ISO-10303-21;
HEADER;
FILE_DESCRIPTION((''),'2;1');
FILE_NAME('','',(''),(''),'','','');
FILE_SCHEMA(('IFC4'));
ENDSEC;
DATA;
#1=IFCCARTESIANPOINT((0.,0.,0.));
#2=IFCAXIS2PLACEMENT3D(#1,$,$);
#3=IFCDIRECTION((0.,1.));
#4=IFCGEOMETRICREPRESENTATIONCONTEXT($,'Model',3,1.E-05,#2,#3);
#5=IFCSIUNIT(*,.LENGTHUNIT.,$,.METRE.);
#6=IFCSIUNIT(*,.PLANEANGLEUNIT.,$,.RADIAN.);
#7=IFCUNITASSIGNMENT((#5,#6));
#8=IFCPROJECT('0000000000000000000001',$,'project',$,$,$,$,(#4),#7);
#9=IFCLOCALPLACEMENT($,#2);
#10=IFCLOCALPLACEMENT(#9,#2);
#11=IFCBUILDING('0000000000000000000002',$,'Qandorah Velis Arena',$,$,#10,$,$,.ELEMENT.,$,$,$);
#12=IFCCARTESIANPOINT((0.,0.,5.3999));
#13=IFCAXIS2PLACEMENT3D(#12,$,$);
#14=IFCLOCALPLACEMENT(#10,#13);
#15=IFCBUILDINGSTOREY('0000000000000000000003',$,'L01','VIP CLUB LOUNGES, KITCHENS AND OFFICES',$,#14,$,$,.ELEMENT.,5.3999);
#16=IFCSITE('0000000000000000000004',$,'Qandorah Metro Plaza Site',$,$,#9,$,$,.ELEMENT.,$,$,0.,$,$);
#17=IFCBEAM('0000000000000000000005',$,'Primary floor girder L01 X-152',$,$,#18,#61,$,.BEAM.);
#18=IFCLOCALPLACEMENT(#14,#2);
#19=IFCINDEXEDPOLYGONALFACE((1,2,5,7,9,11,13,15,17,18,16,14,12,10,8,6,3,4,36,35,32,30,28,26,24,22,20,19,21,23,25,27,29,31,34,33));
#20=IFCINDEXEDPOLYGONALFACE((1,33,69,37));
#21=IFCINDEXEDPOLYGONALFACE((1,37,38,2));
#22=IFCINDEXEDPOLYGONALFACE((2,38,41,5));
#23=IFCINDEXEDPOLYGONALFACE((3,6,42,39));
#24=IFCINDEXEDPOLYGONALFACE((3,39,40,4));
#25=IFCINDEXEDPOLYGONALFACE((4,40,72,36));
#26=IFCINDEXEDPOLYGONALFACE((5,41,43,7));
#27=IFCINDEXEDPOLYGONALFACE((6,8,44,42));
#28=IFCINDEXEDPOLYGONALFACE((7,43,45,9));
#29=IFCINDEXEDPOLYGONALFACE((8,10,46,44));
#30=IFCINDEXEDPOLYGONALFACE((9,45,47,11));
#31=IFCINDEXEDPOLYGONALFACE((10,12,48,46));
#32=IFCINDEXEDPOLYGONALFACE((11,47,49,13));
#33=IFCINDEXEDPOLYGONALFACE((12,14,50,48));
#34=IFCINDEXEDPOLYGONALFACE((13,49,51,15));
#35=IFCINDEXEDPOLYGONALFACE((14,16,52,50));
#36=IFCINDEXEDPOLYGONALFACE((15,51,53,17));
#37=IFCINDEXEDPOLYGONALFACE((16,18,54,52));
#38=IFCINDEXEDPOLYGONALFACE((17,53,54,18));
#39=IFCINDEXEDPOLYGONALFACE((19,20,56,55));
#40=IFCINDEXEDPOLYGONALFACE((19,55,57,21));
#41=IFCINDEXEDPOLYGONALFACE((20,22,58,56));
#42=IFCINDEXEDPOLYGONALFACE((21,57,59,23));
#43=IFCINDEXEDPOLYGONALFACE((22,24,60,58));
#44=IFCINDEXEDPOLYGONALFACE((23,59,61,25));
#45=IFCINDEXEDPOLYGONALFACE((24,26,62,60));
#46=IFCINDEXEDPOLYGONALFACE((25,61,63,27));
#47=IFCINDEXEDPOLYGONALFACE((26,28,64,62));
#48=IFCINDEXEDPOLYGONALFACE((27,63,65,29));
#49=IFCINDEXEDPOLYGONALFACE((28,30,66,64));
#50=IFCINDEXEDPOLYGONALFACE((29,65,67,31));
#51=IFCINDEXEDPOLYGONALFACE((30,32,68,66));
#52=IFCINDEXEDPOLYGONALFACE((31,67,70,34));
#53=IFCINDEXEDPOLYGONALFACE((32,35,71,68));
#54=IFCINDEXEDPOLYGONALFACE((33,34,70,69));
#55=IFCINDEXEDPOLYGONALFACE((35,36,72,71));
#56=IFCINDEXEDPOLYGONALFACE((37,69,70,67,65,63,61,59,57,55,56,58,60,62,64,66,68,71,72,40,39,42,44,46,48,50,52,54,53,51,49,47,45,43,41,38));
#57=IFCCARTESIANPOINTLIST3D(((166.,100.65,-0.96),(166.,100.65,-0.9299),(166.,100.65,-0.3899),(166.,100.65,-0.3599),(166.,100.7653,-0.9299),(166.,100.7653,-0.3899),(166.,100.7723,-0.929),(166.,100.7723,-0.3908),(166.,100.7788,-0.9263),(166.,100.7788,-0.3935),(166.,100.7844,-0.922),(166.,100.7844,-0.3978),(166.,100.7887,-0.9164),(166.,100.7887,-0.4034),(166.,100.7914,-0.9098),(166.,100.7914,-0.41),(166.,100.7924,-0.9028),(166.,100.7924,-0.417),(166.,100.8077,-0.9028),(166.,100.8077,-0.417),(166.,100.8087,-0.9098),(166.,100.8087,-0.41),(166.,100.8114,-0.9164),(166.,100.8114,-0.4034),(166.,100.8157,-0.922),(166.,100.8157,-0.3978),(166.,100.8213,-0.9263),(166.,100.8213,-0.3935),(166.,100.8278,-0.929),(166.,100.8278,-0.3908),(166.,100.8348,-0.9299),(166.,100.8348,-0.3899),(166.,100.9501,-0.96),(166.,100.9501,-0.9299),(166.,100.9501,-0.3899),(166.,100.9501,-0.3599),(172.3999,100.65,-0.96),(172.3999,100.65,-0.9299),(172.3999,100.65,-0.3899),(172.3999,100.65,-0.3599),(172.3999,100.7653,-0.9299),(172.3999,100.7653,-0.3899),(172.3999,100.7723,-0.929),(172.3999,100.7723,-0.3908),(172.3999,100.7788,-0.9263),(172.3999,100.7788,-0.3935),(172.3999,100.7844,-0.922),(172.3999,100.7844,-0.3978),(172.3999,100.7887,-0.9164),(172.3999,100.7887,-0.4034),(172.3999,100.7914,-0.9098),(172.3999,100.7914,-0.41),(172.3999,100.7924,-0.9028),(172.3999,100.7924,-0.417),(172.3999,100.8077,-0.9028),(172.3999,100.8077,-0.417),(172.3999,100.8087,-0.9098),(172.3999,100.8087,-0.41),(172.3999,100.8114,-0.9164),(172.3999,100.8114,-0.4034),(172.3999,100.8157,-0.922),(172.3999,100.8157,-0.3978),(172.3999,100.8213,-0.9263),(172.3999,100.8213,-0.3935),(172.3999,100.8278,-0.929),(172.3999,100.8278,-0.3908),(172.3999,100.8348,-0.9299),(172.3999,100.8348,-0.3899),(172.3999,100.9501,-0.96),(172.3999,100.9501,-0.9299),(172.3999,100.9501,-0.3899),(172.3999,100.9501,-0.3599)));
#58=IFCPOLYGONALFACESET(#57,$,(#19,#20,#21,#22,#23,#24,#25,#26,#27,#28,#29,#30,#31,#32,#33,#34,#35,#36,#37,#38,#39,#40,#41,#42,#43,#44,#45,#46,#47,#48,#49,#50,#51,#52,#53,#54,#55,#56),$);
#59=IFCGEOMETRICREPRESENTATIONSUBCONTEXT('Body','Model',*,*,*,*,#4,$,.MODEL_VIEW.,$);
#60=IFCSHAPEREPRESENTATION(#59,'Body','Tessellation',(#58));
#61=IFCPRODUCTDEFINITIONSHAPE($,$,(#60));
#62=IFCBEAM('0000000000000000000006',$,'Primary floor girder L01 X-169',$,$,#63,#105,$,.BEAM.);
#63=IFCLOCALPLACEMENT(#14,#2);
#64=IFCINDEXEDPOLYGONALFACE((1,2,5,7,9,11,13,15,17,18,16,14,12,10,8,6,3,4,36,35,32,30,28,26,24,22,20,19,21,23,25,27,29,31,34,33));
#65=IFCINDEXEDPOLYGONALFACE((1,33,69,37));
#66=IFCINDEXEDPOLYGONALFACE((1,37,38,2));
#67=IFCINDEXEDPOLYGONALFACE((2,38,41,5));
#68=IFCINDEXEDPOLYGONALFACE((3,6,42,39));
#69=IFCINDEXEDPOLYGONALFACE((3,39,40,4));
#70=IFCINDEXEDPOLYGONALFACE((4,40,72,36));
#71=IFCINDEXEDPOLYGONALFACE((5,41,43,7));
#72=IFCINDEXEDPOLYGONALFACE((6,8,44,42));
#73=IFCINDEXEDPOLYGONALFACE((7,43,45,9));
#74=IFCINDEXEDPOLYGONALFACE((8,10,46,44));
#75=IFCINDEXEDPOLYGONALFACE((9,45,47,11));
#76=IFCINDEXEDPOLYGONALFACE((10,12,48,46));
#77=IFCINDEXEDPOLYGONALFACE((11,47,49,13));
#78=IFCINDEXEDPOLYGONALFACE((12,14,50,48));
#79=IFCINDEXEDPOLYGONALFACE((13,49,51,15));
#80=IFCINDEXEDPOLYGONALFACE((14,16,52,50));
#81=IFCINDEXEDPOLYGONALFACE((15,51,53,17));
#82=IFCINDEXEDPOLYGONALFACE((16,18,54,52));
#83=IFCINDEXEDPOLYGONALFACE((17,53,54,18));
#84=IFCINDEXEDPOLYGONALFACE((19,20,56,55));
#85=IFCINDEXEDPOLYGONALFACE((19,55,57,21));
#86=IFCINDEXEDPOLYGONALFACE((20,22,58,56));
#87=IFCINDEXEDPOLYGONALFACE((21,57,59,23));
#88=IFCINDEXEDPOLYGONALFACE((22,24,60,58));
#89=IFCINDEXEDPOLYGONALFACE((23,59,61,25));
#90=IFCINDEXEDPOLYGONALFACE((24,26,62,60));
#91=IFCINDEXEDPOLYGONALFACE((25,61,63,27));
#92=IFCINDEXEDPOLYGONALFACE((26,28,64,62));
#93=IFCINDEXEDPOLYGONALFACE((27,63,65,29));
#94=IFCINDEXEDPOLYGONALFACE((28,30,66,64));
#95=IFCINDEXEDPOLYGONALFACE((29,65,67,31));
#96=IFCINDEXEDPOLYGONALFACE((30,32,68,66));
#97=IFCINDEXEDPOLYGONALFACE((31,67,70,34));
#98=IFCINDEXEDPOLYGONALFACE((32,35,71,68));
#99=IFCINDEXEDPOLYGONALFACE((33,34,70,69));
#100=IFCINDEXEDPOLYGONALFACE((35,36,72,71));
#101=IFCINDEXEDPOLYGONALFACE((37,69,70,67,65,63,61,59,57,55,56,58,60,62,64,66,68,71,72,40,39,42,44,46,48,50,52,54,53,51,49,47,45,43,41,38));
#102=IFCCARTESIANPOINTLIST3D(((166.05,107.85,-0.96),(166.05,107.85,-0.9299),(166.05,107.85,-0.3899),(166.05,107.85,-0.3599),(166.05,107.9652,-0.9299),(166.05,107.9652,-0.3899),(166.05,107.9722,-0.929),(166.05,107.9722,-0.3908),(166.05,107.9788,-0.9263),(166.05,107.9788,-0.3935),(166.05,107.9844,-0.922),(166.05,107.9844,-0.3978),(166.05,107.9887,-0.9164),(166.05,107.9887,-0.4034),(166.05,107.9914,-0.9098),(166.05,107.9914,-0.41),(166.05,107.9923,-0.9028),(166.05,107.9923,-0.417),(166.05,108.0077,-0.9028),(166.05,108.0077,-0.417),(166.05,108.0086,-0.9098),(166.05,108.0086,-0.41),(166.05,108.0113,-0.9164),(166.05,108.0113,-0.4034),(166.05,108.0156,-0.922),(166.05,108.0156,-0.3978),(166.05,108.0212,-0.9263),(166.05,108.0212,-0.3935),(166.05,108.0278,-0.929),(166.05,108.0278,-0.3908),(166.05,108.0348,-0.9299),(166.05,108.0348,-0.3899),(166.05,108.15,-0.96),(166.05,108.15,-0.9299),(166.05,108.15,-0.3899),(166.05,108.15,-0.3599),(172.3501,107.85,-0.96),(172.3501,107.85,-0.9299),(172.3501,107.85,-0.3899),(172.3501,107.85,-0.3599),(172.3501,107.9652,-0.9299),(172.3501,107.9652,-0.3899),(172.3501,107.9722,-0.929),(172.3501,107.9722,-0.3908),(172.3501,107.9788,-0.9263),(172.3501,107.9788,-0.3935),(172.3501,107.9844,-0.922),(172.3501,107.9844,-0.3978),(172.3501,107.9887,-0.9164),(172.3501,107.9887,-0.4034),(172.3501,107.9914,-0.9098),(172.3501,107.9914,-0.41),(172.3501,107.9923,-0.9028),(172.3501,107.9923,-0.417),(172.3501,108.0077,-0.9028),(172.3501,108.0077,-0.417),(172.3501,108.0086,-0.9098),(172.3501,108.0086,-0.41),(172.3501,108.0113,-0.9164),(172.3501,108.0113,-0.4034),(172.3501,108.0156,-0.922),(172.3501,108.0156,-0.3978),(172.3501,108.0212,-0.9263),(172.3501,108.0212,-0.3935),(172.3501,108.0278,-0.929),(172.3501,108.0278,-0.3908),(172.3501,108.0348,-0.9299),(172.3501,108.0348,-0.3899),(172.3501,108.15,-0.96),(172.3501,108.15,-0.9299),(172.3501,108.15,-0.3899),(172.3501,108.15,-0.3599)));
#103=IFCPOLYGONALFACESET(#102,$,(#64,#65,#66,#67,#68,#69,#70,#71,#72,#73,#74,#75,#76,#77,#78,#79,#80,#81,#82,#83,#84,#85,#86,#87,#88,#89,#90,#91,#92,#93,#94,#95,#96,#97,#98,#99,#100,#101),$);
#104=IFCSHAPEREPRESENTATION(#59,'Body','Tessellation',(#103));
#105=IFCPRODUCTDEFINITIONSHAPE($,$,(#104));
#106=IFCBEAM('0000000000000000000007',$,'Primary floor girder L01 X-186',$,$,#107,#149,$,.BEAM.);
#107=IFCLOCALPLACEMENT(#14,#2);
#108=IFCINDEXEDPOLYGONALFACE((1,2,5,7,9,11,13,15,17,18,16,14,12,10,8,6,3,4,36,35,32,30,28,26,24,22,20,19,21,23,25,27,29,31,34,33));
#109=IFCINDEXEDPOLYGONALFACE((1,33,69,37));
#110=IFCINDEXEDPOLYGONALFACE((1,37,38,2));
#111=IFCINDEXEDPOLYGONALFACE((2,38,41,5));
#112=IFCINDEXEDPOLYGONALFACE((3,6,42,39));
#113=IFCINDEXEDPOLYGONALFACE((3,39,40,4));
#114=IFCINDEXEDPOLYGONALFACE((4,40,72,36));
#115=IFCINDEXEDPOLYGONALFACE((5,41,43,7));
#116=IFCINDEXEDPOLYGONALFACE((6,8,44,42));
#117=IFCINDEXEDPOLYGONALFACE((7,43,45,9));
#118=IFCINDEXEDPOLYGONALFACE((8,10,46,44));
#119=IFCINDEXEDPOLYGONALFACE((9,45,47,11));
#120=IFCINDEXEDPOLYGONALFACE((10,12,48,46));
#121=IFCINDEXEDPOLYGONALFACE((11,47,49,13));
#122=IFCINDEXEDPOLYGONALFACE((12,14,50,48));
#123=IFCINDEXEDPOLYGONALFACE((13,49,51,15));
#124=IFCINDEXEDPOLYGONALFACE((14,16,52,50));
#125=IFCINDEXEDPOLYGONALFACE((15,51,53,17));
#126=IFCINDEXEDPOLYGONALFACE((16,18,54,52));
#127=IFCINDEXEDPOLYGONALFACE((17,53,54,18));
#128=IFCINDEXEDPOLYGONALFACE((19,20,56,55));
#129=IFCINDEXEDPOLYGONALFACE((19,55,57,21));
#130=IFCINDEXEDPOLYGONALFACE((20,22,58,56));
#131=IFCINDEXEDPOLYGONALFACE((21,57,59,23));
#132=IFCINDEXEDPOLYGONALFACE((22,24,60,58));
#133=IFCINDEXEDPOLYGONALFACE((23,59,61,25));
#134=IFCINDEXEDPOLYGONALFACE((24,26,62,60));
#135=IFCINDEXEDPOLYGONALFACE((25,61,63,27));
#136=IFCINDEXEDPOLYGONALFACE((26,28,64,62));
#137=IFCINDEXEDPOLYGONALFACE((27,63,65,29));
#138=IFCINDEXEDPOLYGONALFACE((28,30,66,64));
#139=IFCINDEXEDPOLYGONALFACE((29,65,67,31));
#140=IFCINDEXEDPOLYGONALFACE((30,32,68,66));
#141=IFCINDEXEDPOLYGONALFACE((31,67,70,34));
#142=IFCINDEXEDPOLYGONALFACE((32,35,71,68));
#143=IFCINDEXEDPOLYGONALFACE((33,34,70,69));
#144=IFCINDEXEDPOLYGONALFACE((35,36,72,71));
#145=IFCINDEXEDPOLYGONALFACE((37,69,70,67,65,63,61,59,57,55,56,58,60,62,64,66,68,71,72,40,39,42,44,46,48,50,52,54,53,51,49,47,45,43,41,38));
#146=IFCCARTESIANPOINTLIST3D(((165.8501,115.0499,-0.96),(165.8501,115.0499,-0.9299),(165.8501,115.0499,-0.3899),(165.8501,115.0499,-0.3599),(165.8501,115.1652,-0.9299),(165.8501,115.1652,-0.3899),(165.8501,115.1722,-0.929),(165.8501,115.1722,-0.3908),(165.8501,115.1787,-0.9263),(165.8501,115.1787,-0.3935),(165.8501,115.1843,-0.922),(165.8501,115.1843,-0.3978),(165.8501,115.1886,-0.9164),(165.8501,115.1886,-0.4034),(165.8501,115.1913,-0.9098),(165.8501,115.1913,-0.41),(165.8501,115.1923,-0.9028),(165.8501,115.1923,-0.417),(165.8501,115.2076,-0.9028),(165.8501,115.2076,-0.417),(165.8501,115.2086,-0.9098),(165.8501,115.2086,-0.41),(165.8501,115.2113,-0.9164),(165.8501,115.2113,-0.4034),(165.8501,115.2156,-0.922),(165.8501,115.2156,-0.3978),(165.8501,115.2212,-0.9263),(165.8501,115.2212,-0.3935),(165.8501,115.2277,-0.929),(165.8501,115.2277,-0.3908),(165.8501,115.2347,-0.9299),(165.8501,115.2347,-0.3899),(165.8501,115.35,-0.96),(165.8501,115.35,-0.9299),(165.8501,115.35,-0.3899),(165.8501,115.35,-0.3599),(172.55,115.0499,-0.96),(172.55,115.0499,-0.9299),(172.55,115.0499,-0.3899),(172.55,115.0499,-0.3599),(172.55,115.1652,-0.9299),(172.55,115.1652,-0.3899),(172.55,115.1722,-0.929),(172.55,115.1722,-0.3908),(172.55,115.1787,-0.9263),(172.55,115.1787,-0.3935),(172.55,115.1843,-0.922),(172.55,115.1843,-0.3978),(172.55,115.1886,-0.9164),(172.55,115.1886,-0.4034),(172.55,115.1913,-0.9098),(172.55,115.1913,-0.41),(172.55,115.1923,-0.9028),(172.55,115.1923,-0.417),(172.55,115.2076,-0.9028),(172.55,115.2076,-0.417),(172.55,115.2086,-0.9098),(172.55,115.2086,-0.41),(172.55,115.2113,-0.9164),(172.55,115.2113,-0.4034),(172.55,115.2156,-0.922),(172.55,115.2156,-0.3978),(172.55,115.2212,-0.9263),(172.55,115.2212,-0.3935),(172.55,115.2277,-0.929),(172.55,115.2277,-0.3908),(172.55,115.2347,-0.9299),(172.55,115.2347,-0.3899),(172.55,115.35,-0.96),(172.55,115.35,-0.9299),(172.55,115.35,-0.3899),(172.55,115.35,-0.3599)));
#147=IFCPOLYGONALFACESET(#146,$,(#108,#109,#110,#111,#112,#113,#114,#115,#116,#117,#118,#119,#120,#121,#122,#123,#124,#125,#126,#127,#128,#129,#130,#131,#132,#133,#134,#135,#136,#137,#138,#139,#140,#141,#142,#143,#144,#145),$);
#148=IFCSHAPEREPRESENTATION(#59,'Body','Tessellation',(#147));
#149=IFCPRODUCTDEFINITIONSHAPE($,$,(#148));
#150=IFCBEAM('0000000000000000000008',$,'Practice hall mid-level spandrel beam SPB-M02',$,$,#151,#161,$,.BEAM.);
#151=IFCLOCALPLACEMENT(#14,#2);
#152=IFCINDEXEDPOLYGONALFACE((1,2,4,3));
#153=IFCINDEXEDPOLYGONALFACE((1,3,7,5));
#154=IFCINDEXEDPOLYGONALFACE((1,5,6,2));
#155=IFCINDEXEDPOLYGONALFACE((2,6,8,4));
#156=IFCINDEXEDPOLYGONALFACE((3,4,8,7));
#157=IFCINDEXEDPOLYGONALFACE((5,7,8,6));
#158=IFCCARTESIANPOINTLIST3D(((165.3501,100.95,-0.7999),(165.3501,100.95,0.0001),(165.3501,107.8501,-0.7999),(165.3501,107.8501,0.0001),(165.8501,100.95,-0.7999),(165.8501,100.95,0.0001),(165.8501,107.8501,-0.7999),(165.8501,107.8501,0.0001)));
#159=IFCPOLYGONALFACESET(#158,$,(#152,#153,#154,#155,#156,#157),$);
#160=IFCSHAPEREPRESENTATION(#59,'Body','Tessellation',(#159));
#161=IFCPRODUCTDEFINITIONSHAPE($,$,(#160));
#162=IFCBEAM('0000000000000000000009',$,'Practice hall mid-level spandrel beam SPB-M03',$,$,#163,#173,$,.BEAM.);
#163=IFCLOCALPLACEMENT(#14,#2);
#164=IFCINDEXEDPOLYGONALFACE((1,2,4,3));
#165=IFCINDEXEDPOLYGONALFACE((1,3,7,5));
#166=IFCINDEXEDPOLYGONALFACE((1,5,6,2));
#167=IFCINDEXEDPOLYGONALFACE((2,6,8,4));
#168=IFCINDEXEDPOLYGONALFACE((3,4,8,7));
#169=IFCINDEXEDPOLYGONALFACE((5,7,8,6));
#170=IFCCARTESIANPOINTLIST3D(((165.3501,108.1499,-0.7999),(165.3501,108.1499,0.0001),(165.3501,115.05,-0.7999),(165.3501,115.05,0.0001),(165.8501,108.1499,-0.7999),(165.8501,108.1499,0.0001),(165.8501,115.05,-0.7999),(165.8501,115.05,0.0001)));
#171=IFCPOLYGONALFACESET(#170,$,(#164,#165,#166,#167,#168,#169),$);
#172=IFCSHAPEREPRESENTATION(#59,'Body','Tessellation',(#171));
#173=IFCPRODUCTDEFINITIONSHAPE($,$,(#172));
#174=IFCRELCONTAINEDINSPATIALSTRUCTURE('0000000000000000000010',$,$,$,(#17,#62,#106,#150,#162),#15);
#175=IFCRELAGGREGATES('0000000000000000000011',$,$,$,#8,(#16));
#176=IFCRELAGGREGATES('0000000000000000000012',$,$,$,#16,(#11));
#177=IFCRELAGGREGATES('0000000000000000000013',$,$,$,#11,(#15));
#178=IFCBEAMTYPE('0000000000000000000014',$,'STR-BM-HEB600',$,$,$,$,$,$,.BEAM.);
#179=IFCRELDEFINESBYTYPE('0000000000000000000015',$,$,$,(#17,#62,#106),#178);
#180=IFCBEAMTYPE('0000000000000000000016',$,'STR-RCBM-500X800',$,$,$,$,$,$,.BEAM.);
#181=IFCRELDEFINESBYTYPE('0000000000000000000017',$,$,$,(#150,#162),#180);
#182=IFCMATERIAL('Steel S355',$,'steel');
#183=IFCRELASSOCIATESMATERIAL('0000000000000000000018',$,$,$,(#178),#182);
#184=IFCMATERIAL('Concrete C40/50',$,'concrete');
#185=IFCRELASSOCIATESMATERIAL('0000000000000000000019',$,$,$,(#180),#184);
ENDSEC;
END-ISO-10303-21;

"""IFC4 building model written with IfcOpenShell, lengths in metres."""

from ifc_helpers import new_model, si_unit, direction, frame, origin, origin_2d, place, context, subcontext, project, spatial, rectangle, i_section, extrude, material, material_profile, profile_set, type_object, element, save


model = new_model("IFC4")

# Units and contexts
model_context = context("Model", 3, precision=1e-05, world=origin(), true_north=direction((0.0, 1.0)))
body_context = subcontext(model_context, "Body", "Model", "MODEL_VIEW")
ifc_project = project(units=[si_unit("LENGTHUNIT", "METRE"), si_unit("PLANEANGLEUNIT", "RADIAN")], contexts=[model_context])

# Site, building, storey
site_placement = place(None, origin())
site = spatial("IfcSite", under=ifc_project, at=site_placement, Name="Qandorah Metro Plaza Site", CompositionType="ELEMENT", RefElevation=0.0)
building_placement = place(site_placement, origin())
building = spatial("IfcBuilding", under=site, at=building_placement, Name="Qandorah Velis Arena", CompositionType="ELEMENT")
storey_placement = place(building_placement, frame((0.0, 0.0, 5.3999)))
storey = spatial("IfcBuildingStorey", under=building, at=storey_placement, Name="L01", Description="VIP CLUB LOUNGES, KITCHENS AND OFFICES", CompositionType="ELEMENT", Elevation=5.3999)

# Shared definitions
ifc_material_1 = material(Name="Concrete C40/50", Category="concrete")

# Beams
ifc_material_2 = material(Name="Steel S355", Category="steel")
ifc_material_profile_1 = material_profile(ifc_material_2, i_section(OverallWidth=0.3, OverallDepth=0.6001, WebThickness=0.0154, FlangeThickness=0.03, FilletRadius=0.0271, at=origin_2d()), Name="HEB 600")
ifc_profile_set_1 = profile_set([ifc_material_profile_1], Name="Steel S355")
beam_type_1 = type_object("IfcBeamType", Name="STR-BM-HEB600", PredefinedType="BEAM", material=ifc_profile_set_1)
beam_1_placement = place(storey_placement, frame((166.0, 100.8, -0.6599), z_axis=(1.0, 0.0, 0.0), x_axis=(0.0, 1.0, 0.0)))
element("IfcBeam", 1, at=beam_1_placement, inside=storey, type_object=beam_type_1, Name="Primary floor girder L01 X-152", PredefinedType="BEAM", context=body_context, shape_type="SweptSolid", body=[
    extrude(i_section(OverallWidth=0.3, OverallDepth=0.6001, WebThickness=0.0154, FlangeThickness=0.03, FilletRadius=0.0271, at=origin_2d()), origin(), (0.0, 0.0, 1.0), 6.3999),
])
beam_2_placement = place(storey_placement, frame((166.05, 108.0, -0.6599), z_axis=(1.0, 0.0, 0.0), x_axis=(0.0, 1.0, 0.0)))
element("IfcBeam", 2, at=beam_2_placement, inside=storey, type_object=beam_type_1, Name="Primary floor girder L01 X-169", PredefinedType="BEAM", context=body_context, shape_type="SweptSolid", body=[
    extrude(i_section(OverallWidth=0.3, OverallDepth=0.6001, WebThickness=0.0154, FlangeThickness=0.03, FilletRadius=0.0271, at=origin_2d()), origin(), (0.0, 0.0, 1.0), 6.3),
])
beam_3_placement = place(storey_placement, frame((165.8501, 115.2, -0.6599), z_axis=(1.0, 0.0, 0.0), x_axis=(0.0, 1.0, 0.0)))
element("IfcBeam", 3, at=beam_3_placement, inside=storey, type_object=beam_type_1, Name="Primary floor girder L01 X-186", PredefinedType="BEAM", context=body_context, shape_type="SweptSolid", body=[
    extrude(i_section(OverallWidth=0.3, OverallDepth=0.6001, WebThickness=0.0154, FlangeThickness=0.03, FilletRadius=0.0271, at=origin_2d()), origin(), (0.0, 0.0, 1.0), 6.7),
])
ifc_material_profile_2 = material_profile(ifc_material_1, rectangle(XDim=0.5, YDim=0.8, at=origin_2d()), Name="RC BM 500x800")
ifc_profile_set_2 = profile_set([ifc_material_profile_2], Name="Concrete C40/50")
beam_type_2 = type_object("IfcBeamType", Name="STR-RCBM-500X800", PredefinedType="BEAM", material=ifc_profile_set_2)
for number, where, z_axis, x_axis, name in (
    (4, (165.6001, 100.95, -0.3999), (0.0, 1.0, 0.0), (-1.0, 0.0, 0.0), "Practice hall mid-level spandrel beam SPB-M02"),
    (5, (165.6001, 108.1499, -0.3999), (0.0, 1.0, 0.0), (-1.0, 0.0, 0.0), "Practice hall mid-level spandrel beam SPB-M03"),
):
    element("IfcBeam", number, at=place(storey_placement, frame(where, z_axis=z_axis, x_axis=x_axis)), inside=storey, type_object=beam_type_2, Name=name, PredefinedType="BEAM", context=body_context, shape_type="SweptSolid", body=[
        extrude(rectangle(XDim=0.5, YDim=0.8, at=origin_2d()), origin(), (0.0, 0.0, 1.0), 6.9001),
    ])

save(model, "model.ifc")
